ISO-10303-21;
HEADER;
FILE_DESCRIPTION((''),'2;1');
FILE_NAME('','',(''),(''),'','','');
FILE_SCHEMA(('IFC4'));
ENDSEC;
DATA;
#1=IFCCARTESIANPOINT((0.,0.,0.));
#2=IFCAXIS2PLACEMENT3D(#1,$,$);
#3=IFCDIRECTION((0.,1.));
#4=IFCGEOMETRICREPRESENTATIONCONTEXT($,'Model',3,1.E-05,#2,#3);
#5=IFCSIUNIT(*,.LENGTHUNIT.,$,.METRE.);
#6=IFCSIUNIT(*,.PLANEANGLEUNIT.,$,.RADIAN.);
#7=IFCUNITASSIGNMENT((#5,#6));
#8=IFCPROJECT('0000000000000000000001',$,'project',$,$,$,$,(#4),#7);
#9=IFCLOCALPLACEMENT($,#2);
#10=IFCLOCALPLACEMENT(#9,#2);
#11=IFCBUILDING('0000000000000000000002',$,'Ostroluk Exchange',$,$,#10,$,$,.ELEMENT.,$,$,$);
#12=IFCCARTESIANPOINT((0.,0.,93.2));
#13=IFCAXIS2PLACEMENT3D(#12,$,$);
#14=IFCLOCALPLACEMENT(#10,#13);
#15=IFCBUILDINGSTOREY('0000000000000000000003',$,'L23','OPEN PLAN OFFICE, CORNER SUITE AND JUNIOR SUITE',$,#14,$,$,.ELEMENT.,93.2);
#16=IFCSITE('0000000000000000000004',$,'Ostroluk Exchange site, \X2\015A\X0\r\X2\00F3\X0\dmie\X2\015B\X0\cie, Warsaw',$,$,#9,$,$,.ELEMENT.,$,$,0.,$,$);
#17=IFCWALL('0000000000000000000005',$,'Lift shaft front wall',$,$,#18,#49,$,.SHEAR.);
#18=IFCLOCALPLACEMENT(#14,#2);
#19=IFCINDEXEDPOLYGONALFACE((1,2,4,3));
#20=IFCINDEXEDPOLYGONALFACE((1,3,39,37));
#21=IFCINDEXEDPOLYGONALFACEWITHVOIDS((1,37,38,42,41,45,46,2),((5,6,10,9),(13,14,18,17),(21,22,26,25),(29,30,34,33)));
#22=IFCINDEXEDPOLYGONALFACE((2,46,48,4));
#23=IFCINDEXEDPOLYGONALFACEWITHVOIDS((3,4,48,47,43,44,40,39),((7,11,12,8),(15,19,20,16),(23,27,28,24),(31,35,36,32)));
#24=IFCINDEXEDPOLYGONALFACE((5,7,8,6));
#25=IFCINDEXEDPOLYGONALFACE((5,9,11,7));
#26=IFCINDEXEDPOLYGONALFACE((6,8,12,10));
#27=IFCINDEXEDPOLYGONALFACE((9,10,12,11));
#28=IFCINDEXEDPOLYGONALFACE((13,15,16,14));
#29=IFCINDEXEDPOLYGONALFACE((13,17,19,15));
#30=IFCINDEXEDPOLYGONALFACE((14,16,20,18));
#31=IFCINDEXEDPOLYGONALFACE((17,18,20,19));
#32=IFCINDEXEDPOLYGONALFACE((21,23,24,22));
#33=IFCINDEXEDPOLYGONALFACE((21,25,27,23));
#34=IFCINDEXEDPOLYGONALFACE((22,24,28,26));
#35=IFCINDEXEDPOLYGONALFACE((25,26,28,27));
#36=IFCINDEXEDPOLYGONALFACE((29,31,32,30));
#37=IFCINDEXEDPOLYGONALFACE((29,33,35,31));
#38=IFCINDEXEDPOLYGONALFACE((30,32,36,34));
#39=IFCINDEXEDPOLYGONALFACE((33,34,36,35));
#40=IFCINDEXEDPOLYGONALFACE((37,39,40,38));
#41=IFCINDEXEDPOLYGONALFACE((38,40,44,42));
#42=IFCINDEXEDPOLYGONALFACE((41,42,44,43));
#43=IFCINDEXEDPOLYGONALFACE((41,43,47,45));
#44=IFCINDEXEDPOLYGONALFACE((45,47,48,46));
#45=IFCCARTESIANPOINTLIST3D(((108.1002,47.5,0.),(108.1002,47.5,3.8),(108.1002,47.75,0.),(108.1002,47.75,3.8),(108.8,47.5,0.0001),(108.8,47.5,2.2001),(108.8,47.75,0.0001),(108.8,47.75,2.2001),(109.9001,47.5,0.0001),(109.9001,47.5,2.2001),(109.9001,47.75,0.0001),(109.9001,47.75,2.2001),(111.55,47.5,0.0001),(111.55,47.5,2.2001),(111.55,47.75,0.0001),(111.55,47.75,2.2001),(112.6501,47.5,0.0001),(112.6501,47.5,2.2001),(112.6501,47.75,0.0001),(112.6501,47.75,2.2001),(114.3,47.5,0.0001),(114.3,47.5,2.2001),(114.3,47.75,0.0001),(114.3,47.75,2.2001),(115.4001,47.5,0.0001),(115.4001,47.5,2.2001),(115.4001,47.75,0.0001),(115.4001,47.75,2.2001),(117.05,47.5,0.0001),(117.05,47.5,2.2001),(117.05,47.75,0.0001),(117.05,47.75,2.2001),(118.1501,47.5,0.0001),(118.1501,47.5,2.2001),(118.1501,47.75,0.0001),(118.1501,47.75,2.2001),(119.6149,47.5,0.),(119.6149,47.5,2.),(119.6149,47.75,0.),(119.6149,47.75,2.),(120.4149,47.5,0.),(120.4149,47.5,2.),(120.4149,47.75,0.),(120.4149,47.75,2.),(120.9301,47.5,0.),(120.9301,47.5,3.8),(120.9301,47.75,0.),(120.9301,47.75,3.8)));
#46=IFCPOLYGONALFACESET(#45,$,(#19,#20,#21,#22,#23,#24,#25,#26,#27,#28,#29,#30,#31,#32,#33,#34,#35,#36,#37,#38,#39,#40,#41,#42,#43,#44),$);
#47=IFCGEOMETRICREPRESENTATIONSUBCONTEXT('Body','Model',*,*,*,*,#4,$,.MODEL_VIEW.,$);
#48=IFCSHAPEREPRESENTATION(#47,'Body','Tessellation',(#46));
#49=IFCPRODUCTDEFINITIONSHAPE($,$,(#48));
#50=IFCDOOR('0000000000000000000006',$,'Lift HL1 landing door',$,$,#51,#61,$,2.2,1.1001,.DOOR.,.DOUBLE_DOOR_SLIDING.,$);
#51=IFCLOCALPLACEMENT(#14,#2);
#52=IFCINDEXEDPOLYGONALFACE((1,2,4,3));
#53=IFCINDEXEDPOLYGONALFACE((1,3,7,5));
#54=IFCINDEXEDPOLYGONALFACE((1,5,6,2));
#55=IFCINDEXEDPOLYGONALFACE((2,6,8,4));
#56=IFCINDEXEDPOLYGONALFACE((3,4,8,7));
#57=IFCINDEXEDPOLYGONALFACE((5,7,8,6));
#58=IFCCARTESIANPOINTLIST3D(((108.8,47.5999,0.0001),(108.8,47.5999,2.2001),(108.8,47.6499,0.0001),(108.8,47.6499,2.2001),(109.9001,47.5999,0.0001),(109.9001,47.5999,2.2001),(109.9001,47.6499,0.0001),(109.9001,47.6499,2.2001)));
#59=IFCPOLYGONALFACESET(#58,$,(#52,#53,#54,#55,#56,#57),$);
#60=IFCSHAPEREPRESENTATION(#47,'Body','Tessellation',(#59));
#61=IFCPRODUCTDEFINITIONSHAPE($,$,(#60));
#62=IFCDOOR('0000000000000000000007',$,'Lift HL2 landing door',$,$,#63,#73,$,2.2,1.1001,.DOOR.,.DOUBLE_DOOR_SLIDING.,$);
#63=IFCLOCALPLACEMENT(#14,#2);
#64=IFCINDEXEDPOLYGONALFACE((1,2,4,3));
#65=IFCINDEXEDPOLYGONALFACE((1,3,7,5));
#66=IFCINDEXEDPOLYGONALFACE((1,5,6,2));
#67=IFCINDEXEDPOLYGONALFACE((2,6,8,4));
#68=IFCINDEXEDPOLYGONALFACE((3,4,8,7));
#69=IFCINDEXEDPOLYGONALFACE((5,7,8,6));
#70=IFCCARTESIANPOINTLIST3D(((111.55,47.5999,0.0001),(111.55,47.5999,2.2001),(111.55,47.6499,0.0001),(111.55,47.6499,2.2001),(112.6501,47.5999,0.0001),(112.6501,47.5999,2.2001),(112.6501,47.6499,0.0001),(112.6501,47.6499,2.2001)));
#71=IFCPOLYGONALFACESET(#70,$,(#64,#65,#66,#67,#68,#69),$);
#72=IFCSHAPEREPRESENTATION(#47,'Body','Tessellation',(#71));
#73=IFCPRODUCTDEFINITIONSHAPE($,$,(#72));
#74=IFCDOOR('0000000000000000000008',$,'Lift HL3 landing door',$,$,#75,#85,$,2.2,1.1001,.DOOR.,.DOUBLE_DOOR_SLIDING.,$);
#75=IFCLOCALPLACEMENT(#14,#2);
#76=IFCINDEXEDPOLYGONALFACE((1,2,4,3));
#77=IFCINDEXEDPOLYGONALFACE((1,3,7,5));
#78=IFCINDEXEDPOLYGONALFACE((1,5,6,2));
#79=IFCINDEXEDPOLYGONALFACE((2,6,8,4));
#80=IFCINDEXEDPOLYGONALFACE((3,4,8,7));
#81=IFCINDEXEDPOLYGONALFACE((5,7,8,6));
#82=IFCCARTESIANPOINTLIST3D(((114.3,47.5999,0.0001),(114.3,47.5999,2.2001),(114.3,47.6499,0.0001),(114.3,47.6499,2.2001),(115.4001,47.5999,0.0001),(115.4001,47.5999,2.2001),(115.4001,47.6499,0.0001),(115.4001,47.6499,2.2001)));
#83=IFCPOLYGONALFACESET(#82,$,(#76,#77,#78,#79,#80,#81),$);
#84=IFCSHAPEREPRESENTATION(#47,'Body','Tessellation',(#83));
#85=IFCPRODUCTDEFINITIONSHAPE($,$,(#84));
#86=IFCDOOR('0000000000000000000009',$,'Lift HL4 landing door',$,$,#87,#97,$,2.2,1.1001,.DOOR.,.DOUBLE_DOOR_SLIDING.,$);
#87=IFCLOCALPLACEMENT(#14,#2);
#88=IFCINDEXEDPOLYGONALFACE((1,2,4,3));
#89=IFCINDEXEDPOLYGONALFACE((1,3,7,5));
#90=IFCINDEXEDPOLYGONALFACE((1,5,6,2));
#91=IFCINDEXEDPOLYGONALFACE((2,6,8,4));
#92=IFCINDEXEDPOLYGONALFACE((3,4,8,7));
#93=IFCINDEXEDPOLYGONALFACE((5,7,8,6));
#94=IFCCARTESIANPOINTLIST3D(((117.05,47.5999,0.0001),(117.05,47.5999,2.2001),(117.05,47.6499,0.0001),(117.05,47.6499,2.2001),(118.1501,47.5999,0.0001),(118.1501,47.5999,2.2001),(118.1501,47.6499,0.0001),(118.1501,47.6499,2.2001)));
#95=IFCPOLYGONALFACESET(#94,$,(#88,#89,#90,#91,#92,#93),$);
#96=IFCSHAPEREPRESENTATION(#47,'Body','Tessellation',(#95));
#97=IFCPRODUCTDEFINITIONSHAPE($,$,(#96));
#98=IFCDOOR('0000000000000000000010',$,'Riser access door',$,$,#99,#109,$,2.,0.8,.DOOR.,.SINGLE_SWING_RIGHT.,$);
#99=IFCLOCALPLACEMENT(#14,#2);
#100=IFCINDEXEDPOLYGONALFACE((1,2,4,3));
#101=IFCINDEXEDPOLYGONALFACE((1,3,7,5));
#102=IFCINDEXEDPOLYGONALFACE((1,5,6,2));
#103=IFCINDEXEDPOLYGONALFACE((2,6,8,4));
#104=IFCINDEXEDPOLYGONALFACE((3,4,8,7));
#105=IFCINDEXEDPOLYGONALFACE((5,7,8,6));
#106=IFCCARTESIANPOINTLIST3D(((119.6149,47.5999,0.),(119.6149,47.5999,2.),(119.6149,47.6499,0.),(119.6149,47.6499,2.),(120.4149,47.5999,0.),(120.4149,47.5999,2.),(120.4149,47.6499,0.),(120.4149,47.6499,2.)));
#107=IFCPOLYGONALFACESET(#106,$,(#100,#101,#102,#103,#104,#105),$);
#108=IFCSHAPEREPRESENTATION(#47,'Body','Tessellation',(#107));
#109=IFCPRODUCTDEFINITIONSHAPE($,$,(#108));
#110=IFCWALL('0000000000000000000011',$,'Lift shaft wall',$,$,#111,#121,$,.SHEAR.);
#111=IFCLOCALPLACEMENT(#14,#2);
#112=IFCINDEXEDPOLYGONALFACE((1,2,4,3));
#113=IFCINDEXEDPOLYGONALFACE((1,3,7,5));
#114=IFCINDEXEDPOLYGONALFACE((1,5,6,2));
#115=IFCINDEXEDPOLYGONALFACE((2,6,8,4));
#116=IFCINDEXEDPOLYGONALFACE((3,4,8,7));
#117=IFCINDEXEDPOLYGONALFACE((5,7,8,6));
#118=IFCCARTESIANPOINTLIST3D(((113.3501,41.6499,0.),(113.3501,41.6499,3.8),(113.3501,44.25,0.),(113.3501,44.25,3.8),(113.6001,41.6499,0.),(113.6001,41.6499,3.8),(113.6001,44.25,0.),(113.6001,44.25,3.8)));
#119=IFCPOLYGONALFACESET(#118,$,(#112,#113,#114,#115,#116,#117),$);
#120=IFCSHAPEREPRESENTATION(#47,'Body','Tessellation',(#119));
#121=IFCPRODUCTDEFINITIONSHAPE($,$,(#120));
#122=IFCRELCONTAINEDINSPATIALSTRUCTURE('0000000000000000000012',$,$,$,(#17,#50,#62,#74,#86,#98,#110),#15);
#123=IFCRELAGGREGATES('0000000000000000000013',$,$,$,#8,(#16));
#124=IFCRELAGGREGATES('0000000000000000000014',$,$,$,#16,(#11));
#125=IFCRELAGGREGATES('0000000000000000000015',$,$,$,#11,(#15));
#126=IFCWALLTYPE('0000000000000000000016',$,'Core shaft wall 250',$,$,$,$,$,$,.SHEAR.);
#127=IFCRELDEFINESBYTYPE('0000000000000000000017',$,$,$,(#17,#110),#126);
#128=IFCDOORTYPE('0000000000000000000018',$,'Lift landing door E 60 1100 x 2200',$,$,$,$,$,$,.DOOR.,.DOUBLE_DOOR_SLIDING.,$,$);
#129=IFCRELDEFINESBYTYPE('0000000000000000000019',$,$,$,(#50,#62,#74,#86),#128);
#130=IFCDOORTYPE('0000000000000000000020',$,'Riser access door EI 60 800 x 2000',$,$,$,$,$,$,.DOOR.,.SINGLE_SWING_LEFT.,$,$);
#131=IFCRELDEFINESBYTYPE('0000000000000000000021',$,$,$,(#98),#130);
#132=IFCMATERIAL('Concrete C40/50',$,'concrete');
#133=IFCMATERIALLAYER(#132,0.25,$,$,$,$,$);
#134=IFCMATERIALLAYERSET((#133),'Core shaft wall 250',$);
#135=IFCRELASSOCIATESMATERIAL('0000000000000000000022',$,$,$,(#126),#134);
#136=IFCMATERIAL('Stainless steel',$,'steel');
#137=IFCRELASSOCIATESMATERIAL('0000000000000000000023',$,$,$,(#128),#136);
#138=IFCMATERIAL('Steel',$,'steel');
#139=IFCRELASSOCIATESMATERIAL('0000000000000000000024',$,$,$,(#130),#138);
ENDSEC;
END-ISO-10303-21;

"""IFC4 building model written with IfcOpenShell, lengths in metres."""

from ifc_helpers import new_model, si_unit, direction, frame, frame_2d, origin, place, context, subcontext, project, spatial, rectangle, extrude, material, layer, layer_set, type_object, element, fill, save


model = new_model("IFC4")

# Units and contexts
model_context = context("Model", 3, precision=1e-05, world=origin(), true_north=direction((0.0, 1.0)))
body_context = subcontext(model_context, "Body", "Model", "MODEL_VIEW")
ifc_project = project(units=[si_unit("LENGTHUNIT", "METRE"), si_unit("PLANEANGLEUNIT", "RADIAN")], contexts=[model_context])

# Site, building, storey
site_placement = place(None, origin())
site = spatial("IfcSite", under=ifc_project, at=site_placement, Name="Ostroluk Exchange site, Śródmieście, Warsaw", CompositionType="ELEMENT", RefElevation=0.0)
building_placement = place(site_placement, origin())
building = spatial("IfcBuilding", under=site, at=building_placement, Name="Ostroluk Exchange", CompositionType="ELEMENT")
storey_placement = place(building_placement, frame((0.0, 0.0, 93.2)))
storey = spatial("IfcBuildingStorey", under=building, at=storey_placement, Name="L23", Description="OPEN PLAN OFFICE, CORNER SUITE AND JUNIOR SUITE", CompositionType="ELEMENT", Elevation=93.2)

# Shared definitions
ifc_material_1 = material(Name="Concrete C40/50", Category="concrete")
ifc_layer_1 = layer(ifc_material_1, 0.25)
ifc_layer_set_1 = layer_set([ifc_layer_1], Name="Core shaft wall 250")
wall_type_1 = type_object("IfcWallType", Name="Core shaft wall 250", PredefinedType="SHEAR", material=ifc_layer_set_1)

# Wall, openings, doors
wall_1_placement = place(storey_placement, frame((108.1001, 47.625, 0.0), z_axis=(0.0, 0.0, 1.0), x_axis=(1.0, 0.0, 0.0)))
wall_1 = element("IfcWall", 1, at=wall_1_placement, inside=storey, type_object=wall_type_1, Name="Lift shaft front wall", PredefinedType="SHEAR", context=body_context, shape_type="SweptSolid", body=[
    extrude(rectangle(XDim=12.8298, YDim=0.25, at=frame_2d((6.415, 0.0))), origin(), (0.0, 0.0, 1.0), 3.8),
])
opening_1_placement = place(wall_1_placement, frame((0.7, 0.0, 0.0)))
opening_1 = element("IfcOpeningElement", 2, at=opening_1_placement, cuts=wall_1, PredefinedType="OPENING", context=body_context, shape_type="SweptSolid", body=[
    extrude(rectangle(XDim=1.1001, YDim=2.2, at=frame_2d((0.55, 1.1001))), frame((0.0, 0.135, 0.0), z_axis=(0.0, -1.0, 0.0), x_axis=(1.0, 0.0, 0.0)), (0.0, 0.0, 1.0), 0.27),
])
opening_2_placement = place(wall_1_placement, frame((3.45, 0.0, 0.0)))
opening_2 = element("IfcOpeningElement", 3, at=opening_2_placement, cuts=wall_1, PredefinedType="OPENING", context=body_context, shape_type="SweptSolid", body=[
    extrude(rectangle(XDim=1.1001, YDim=2.2, at=frame_2d((0.55, 1.1001))), frame((0.0, 0.135, 0.0), z_axis=(0.0, -1.0, 0.0), x_axis=(1.0, 0.0, 0.0)), (0.0, 0.0, 1.0), 0.27),
])
opening_3_placement = place(wall_1_placement, frame((6.2, 0.0, 0.0)))
opening_3 = element("IfcOpeningElement", 4, at=opening_3_placement, cuts=wall_1, PredefinedType="OPENING", context=body_context, shape_type="SweptSolid", body=[
    extrude(rectangle(XDim=1.1001, YDim=2.2, at=frame_2d((0.55, 1.1001))), frame((0.0, 0.135, 0.0), z_axis=(0.0, -1.0, 0.0), x_axis=(1.0, 0.0, 0.0)), (0.0, 0.0, 1.0), 0.27),
])
opening_4_placement = place(wall_1_placement, frame((8.95, 0.0, 0.0)))
opening_4 = element("IfcOpeningElement", 5, at=opening_4_placement, cuts=wall_1, PredefinedType="OPENING", context=body_context, shape_type="SweptSolid", body=[
    extrude(rectangle(XDim=1.1001, YDim=2.2, at=frame_2d((0.55, 1.1001))), frame((0.0, 0.135, 0.0), z_axis=(0.0, -1.0, 0.0), x_axis=(1.0, 0.0, 0.0)), (0.0, 0.0, 1.0), 0.27),
])
opening_5_placement = place(wall_1_placement, frame((11.5149, 0.0, 0.0)))
opening_5 = element("IfcOpeningElement", 6, at=opening_5_placement, cuts=wall_1, PredefinedType="OPENING", context=body_context, shape_type="SweptSolid", body=[
    extrude(rectangle(XDim=0.8, YDim=2.0, at=frame_2d((0.3999, 1.0))), frame((0.0, 0.135, 0.0), z_axis=(0.0, -1.0, 0.0), x_axis=(1.0, 0.0, 0.0)), (0.0, 0.0, 1.0), 0.27),
])
ifc_material_2 = material(Name="Stainless steel", Category="steel")
door_type_1 = type_object("IfcDoorType", Name="Lift landing door E 60 1100 x 2200", OperationType="DOUBLE_DOOR_SLIDING", PredefinedType="DOOR", material=ifc_material_2)
door_1_placement = place(opening_1_placement, origin())
door_1 = element("IfcDoor", 7, at=door_1_placement, inside=storey, type_object=door_type_1, Name="Lift HL1 landing door", OperationType="DOUBLE_DOOR_SLIDING", OverallHeight=2.2, OverallWidth=1.1001, PredefinedType="DOOR", context=body_context, shape_type="SweptSolid", body=[
    extrude(rectangle(XDim=1.1001, YDim=2.2, at=frame_2d((0.55, 1.1001))), frame((0.0, 0.0249, 0.0), z_axis=(0.0, -1.0, 0.0), x_axis=(1.0, 0.0, 0.0)), (0.0, 0.0, 1.0), 0.05),
])
fill(opening_1, door_1)
door_2_placement = place(opening_2_placement, origin())
door_2 = element("IfcDoor", 8, at=door_2_placement, inside=storey, type_object=door_type_1, Name="Lift HL2 landing door", OperationType="DOUBLE_DOOR_SLIDING", OverallHeight=2.2, OverallWidth=1.1001, PredefinedType="DOOR", context=body_context, shape_type="SweptSolid", body=[
    extrude(rectangle(XDim=1.1001, YDim=2.2, at=frame_2d((0.55, 1.1001))), frame((0.0, 0.0249, 0.0), z_axis=(0.0, -1.0, 0.0), x_axis=(1.0, 0.0, 0.0)), (0.0, 0.0, 1.0), 0.05),
])
fill(opening_2, door_2)
door_3_placement = place(opening_3_placement, origin())
door_3 = element("IfcDoor", 9, at=door_3_placement, inside=storey, type_object=door_type_1, Name="Lift HL3 landing door", OperationType="DOUBLE_DOOR_SLIDING", OverallHeight=2.2, OverallWidth=1.1001, PredefinedType="DOOR", context=body_context, shape_type="SweptSolid", body=[
    extrude(rectangle(XDim=1.1001, YDim=2.2, at=frame_2d((0.55, 1.1001))), frame((0.0, 0.0249, 0.0), z_axis=(0.0, -1.0, 0.0), x_axis=(1.0, 0.0, 0.0)), (0.0, 0.0, 1.0), 0.05),
])
fill(opening_3, door_3)
door_4_placement = place(opening_4_placement, origin())
door_4 = element("IfcDoor", 10, at=door_4_placement, inside=storey, type_object=door_type_1, Name="Lift HL4 landing door", OperationType="DOUBLE_DOOR_SLIDING", OverallHeight=2.2, OverallWidth=1.1001, PredefinedType="DOOR", context=body_context, shape_type="SweptSolid", body=[
    extrude(rectangle(XDim=1.1001, YDim=2.2, at=frame_2d((0.55, 1.1001))), frame((0.0, 0.0249, 0.0), z_axis=(0.0, -1.0, 0.0), x_axis=(1.0, 0.0, 0.0)), (0.0, 0.0, 1.0), 0.05),
])
fill(opening_4, door_4)
ifc_material_3 = material(Name="Steel", Category="steel")
door_type_2 = type_object("IfcDoorType", Name="Riser access door EI 60 800 x 2000", OperationType="SINGLE_SWING_LEFT", PredefinedType="DOOR", material=ifc_material_3)
door_5_placement = place(opening_5_placement, origin())
door_5 = element("IfcDoor", 11, at=door_5_placement, inside=storey, type_object=door_type_2, Name="Riser access door", OperationType="SINGLE_SWING_RIGHT", OverallHeight=2.0, OverallWidth=0.8, PredefinedType="DOOR", context=body_context, shape_type="SweptSolid", body=[
    extrude(rectangle(XDim=0.8, YDim=2.0, at=frame_2d((0.3999, 1.0))), frame((0.0, 0.0249, 0.0), z_axis=(0.0, -1.0, 0.0), x_axis=(1.0, 0.0, 0.0)), (0.0, 0.0, 1.0), 0.05),
])
fill(opening_5, door_5)

# Wall
wall_2_placement = place(storey_placement, frame((113.4751, 44.25, 0.0), z_axis=(0.0, 0.0, 1.0), x_axis=(0.0, -1.0, 0.0)))
element("IfcWall", 12, at=wall_2_placement, inside=storey, type_object=wall_type_1, Name="Lift shaft wall", PredefinedType="SHEAR", context=body_context, shape_type="SweptSolid", body=[
    extrude(rectangle(XDim=2.6001, YDim=0.25, at=frame_2d((1.3, 0.0))), origin(), (0.0, 0.0, 1.0), 3.8),
])

save(model, "model.ifc")
